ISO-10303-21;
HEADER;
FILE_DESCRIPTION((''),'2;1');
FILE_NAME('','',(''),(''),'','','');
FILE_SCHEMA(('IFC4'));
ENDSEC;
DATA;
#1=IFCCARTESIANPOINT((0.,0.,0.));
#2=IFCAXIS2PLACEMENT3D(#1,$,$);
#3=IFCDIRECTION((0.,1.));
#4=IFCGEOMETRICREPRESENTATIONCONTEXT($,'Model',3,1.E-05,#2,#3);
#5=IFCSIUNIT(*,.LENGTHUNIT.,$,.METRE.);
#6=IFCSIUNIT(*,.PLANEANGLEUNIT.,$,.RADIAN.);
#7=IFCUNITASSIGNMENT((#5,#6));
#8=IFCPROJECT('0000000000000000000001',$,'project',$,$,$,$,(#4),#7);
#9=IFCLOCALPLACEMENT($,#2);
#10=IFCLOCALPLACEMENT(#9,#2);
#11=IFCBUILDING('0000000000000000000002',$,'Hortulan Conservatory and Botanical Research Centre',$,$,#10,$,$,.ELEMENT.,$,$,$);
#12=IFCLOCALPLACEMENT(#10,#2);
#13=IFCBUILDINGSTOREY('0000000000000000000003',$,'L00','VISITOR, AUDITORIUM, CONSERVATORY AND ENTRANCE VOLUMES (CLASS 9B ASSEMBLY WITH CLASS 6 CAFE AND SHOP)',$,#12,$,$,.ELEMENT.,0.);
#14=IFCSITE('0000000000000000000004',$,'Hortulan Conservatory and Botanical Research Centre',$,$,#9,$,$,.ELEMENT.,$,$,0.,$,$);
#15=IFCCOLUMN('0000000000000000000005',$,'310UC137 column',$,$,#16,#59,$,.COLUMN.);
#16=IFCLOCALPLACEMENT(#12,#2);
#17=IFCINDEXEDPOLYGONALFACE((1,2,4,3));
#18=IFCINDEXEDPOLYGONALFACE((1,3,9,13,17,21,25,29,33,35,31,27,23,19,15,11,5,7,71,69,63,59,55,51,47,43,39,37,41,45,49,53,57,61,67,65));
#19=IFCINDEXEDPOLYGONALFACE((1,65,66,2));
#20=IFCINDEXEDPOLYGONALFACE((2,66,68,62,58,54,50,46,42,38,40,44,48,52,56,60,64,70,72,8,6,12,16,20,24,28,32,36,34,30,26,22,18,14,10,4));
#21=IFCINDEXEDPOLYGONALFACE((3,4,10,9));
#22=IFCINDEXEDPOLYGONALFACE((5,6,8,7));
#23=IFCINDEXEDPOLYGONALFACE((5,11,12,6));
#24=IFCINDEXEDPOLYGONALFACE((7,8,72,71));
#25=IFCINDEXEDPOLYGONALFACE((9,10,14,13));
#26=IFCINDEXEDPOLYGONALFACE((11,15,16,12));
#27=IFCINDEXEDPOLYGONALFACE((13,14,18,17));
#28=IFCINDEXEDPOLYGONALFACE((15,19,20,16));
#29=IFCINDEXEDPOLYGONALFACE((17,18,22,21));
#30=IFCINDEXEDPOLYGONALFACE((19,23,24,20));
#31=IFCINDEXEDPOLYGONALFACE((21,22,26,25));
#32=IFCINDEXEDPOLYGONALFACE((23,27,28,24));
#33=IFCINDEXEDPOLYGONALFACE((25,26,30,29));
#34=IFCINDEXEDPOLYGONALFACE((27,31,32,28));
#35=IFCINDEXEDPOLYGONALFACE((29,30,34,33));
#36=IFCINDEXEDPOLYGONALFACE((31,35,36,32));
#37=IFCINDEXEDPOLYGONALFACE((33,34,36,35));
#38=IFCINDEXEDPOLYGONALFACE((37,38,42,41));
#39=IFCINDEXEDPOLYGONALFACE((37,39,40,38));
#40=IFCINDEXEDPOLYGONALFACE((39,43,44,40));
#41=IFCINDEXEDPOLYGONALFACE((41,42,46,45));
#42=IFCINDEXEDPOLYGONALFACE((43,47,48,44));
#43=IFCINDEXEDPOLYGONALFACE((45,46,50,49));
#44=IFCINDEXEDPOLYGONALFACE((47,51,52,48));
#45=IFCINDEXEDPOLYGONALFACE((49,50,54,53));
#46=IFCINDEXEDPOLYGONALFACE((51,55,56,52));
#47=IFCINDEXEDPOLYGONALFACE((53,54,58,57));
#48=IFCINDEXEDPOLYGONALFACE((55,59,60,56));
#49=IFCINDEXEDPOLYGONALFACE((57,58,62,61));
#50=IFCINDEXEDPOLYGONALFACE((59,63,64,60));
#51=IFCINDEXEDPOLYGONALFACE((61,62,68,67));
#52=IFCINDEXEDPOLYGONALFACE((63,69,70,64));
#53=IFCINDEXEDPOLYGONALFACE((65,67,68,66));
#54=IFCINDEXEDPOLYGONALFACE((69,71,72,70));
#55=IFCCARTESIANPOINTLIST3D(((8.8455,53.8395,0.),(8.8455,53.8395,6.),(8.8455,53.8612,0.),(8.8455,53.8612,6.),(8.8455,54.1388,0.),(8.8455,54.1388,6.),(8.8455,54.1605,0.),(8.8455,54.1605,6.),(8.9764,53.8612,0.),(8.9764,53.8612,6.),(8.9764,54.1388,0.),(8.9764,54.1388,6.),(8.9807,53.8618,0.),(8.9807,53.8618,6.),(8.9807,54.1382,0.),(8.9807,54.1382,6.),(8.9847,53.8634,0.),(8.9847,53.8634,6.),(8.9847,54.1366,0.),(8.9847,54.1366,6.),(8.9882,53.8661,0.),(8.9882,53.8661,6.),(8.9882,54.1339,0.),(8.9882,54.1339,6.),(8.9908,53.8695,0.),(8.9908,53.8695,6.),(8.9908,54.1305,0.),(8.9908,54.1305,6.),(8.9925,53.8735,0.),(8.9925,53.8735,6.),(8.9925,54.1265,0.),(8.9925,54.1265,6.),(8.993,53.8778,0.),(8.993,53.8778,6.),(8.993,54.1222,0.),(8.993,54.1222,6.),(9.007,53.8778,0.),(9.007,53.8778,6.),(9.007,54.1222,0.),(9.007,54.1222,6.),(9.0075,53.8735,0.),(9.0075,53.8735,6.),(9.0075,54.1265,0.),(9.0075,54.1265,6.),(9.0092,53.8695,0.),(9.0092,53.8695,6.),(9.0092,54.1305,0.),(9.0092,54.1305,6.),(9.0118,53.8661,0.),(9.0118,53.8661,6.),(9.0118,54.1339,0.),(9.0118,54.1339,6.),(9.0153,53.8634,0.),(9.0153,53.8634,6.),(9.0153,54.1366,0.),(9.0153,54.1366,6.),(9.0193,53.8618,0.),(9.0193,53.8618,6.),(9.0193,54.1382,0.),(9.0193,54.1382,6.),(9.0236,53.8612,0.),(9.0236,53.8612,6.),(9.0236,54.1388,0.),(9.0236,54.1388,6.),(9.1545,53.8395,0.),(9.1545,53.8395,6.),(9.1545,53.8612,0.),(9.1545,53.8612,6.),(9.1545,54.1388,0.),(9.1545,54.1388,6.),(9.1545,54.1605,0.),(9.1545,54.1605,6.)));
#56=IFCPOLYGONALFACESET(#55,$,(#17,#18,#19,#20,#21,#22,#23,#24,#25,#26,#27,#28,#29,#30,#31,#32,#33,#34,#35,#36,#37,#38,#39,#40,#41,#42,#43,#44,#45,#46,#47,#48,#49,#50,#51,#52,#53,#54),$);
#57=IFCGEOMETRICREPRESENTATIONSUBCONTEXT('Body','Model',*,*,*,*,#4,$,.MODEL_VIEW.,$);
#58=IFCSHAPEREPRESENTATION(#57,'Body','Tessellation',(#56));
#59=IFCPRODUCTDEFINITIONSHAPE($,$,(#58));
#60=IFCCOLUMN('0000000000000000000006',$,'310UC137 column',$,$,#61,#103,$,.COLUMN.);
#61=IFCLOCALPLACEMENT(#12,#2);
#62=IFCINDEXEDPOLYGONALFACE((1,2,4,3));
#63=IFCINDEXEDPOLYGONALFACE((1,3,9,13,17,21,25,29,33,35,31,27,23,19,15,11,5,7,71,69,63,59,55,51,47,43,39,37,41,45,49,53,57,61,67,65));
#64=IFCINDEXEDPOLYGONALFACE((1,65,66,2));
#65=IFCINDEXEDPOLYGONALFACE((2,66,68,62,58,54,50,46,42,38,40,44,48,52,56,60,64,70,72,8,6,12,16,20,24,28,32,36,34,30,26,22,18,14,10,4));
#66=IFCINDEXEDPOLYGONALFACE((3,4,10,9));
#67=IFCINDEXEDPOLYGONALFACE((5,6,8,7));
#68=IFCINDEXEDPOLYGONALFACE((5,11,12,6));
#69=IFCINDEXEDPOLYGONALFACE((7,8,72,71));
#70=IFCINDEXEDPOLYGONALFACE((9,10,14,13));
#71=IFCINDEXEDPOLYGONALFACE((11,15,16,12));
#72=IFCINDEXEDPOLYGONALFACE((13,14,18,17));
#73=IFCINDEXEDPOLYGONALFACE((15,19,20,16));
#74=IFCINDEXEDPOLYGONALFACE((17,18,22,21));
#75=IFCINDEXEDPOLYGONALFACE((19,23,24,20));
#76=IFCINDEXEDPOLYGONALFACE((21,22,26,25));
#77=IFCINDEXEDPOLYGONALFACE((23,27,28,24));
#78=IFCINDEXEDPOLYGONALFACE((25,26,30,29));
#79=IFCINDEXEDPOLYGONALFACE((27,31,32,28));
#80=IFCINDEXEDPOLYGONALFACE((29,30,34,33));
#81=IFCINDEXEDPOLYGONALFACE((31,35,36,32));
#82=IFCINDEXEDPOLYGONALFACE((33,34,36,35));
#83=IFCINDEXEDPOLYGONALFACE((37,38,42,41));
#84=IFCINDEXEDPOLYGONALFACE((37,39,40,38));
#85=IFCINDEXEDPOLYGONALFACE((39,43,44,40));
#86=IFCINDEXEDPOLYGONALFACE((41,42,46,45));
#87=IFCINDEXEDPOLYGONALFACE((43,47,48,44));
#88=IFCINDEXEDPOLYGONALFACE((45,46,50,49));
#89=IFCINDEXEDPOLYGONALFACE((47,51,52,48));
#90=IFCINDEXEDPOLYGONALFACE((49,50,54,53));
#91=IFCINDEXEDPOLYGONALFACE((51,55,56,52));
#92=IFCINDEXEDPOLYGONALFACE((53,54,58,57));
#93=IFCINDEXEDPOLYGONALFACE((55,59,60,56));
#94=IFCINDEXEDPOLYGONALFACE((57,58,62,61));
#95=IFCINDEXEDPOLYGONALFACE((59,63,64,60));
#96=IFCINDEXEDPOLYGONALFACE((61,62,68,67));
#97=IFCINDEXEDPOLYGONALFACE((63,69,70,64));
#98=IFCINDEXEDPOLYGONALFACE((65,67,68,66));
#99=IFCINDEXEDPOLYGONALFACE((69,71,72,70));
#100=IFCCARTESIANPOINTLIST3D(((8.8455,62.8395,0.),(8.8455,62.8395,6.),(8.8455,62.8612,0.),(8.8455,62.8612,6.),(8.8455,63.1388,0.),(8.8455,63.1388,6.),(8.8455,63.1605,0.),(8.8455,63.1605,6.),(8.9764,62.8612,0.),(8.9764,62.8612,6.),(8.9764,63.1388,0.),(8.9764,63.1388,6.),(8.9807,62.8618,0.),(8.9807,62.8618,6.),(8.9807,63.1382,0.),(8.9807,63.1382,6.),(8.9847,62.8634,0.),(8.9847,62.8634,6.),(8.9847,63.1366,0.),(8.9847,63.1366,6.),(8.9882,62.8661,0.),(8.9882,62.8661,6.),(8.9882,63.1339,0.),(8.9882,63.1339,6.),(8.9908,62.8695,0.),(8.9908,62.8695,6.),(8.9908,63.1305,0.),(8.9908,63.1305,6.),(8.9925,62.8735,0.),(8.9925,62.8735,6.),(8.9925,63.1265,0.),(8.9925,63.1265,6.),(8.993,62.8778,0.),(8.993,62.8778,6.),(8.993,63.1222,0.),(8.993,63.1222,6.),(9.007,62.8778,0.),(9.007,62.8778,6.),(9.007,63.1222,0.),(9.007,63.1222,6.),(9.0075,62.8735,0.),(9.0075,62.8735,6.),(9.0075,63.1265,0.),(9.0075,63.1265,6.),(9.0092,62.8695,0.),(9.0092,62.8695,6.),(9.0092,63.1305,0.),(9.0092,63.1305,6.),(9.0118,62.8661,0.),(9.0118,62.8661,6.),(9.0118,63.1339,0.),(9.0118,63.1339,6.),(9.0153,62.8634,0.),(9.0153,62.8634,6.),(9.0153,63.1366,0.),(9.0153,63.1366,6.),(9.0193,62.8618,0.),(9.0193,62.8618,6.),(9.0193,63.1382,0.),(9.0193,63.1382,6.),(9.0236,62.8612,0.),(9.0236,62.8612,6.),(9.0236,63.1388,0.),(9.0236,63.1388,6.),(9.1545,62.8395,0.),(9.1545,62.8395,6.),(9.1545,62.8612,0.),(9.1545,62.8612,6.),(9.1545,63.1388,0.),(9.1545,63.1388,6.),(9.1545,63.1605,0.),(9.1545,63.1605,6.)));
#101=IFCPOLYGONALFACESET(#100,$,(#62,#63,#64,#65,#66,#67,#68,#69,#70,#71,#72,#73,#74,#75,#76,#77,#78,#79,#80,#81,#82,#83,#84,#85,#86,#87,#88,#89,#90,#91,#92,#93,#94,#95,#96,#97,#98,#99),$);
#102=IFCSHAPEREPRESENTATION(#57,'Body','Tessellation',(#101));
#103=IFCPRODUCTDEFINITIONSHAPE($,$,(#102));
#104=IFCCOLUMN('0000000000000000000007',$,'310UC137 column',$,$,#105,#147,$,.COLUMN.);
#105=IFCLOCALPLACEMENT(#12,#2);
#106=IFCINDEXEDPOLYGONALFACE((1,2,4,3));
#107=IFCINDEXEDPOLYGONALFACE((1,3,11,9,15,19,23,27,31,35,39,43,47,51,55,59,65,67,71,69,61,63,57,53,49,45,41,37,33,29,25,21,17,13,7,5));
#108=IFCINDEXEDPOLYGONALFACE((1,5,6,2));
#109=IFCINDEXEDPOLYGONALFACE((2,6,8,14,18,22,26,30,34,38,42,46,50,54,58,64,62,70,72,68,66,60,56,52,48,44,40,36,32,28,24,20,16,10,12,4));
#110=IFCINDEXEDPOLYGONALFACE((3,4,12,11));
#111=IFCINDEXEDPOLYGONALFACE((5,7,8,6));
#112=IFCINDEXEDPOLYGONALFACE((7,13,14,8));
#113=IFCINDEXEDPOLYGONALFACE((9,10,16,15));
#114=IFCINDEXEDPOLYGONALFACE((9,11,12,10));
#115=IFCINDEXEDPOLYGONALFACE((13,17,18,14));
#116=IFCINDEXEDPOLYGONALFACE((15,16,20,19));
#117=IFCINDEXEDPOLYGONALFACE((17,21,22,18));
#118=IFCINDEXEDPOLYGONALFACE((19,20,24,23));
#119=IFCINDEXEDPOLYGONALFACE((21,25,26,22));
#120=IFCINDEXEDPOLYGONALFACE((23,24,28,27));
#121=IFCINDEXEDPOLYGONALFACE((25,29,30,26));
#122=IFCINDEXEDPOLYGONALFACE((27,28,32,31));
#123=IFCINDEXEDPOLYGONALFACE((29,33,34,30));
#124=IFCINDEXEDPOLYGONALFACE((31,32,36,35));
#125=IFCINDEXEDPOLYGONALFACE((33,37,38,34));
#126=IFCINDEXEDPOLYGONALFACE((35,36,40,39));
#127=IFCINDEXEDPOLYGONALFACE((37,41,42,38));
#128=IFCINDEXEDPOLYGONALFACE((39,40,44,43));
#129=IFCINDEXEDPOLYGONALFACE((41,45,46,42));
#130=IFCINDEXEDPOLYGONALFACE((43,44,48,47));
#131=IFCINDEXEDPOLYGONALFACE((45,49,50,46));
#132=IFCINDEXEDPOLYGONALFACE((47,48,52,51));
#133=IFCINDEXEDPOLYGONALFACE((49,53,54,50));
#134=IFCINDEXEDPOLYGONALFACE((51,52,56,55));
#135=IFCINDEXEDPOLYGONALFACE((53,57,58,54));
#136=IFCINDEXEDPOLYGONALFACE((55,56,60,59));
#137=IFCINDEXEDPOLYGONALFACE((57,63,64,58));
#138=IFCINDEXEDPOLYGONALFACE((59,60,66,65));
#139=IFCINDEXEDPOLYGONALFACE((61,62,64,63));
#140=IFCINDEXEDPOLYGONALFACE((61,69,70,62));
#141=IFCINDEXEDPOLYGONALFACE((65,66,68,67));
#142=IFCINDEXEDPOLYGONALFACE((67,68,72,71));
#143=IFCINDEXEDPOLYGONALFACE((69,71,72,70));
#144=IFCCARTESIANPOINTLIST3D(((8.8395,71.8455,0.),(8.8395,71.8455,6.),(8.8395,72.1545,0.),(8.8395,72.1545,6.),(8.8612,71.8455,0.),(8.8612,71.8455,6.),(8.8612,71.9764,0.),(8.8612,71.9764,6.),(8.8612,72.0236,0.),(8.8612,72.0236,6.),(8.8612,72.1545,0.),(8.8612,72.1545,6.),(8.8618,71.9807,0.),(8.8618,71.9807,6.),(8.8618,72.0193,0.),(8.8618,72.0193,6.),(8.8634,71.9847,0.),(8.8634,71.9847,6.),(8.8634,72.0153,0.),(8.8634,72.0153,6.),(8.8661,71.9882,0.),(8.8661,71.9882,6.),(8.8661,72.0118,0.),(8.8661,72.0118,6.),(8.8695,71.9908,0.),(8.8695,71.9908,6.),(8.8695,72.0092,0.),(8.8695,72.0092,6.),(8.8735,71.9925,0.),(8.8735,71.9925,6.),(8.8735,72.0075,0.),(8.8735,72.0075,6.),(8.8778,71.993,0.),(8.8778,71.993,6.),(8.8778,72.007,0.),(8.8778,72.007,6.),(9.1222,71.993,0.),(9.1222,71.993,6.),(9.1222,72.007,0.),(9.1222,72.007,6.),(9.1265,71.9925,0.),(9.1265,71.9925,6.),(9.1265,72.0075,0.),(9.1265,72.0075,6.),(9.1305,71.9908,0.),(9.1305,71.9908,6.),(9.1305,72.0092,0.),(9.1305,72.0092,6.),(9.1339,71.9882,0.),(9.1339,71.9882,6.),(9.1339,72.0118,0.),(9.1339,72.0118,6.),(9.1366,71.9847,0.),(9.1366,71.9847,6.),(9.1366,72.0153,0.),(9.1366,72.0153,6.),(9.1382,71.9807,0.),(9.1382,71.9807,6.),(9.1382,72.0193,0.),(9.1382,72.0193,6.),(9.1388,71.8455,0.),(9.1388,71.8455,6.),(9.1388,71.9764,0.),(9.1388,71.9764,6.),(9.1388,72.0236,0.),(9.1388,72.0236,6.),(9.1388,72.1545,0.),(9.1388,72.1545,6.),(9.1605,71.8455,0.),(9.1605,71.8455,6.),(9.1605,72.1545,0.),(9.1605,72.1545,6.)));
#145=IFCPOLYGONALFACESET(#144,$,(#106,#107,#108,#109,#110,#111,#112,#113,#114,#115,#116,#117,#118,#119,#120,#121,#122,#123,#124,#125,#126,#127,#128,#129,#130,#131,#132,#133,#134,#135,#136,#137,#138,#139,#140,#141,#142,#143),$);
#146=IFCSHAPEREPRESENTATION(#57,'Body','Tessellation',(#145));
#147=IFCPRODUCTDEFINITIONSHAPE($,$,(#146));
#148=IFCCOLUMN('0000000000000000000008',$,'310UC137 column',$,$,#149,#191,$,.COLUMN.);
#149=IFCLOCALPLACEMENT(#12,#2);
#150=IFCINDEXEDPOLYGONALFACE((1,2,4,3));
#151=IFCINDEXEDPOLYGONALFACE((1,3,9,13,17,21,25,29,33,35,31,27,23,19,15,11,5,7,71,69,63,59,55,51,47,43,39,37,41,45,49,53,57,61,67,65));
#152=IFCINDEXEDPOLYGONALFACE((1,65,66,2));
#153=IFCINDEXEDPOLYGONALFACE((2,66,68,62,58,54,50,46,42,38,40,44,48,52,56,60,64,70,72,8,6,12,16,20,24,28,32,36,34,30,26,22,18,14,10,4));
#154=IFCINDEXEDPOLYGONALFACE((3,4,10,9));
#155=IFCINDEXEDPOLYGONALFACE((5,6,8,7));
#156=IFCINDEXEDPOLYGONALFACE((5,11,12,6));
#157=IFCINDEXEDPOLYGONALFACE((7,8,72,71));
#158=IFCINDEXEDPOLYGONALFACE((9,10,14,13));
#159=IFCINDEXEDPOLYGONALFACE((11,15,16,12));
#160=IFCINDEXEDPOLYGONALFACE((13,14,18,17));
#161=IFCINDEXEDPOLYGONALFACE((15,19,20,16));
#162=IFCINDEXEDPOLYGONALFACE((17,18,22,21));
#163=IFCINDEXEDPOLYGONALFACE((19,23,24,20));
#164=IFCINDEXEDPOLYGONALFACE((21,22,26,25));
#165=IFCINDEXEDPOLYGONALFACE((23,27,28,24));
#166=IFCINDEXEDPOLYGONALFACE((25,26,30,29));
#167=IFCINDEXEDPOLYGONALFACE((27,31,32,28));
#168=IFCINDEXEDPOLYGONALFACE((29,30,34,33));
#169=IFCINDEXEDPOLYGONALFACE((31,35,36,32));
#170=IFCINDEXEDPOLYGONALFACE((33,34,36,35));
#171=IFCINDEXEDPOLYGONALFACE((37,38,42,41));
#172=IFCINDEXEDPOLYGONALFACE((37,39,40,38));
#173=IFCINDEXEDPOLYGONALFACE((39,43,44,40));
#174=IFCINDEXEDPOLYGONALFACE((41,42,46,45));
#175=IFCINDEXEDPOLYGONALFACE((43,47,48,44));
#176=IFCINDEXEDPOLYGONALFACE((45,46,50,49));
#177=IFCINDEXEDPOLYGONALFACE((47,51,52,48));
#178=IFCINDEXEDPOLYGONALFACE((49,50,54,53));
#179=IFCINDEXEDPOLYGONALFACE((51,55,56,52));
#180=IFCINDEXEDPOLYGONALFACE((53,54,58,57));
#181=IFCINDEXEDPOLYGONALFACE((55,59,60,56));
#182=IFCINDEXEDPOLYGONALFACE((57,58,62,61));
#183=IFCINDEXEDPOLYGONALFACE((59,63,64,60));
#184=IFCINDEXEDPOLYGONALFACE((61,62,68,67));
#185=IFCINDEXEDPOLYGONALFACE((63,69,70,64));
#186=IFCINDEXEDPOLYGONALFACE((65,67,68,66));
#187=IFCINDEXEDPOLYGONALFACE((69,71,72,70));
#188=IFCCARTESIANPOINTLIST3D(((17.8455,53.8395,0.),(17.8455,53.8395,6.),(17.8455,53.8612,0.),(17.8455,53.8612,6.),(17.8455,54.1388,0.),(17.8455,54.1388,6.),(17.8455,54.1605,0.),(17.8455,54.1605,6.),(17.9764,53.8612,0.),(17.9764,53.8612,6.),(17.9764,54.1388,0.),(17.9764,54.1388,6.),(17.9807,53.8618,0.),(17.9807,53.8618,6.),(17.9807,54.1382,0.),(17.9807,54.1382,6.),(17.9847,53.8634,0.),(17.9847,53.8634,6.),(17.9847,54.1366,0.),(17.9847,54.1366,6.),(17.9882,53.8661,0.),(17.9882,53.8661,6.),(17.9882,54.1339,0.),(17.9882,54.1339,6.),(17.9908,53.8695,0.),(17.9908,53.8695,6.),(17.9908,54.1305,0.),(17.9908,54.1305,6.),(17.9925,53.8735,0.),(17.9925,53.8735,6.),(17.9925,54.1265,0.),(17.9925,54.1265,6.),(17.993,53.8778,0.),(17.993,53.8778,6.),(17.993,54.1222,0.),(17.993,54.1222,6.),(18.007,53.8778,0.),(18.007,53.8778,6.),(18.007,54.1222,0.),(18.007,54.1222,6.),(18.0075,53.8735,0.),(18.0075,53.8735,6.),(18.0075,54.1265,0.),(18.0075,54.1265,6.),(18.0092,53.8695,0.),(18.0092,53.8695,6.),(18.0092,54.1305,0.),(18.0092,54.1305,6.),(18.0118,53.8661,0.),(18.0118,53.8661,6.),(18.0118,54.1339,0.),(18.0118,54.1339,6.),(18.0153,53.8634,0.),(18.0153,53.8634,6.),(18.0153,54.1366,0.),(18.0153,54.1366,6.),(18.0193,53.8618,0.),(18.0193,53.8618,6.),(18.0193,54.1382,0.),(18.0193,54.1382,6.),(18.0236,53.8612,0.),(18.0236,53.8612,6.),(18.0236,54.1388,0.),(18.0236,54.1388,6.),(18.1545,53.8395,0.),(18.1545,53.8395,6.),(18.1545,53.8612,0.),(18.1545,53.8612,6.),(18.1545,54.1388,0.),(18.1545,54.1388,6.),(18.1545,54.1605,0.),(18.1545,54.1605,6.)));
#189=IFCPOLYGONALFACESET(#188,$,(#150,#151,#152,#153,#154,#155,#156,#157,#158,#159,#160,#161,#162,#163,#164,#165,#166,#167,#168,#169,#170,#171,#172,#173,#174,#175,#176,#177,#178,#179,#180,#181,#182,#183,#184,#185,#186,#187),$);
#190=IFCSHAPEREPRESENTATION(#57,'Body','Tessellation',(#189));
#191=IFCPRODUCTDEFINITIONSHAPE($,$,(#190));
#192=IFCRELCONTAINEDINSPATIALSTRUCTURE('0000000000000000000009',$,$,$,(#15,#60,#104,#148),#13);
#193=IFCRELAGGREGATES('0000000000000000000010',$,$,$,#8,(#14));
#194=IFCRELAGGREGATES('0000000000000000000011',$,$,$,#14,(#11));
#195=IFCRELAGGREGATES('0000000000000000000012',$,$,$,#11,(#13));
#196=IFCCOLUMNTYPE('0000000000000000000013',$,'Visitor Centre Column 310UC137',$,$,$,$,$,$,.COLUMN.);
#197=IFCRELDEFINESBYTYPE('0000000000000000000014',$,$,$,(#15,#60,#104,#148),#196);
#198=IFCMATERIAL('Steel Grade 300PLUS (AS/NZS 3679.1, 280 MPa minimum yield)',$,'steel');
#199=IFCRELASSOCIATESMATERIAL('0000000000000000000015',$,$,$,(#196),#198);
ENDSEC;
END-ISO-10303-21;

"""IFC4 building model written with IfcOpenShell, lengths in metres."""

from ifc_helpers import new_model, si_unit, direction, frame, origin, origin_2d, place, context, subcontext, project, spatial, i_section, extrude, material, material_profile, profile_set, type_object, element, save


model = new_model("IFC4")

# Units and contexts
model_context = context("Model", 3, precision=1e-05, world=origin(), true_north=direction((0.0, 1.0)))
body_context = subcontext(model_context, "Body", "Model", "MODEL_VIEW")
ifc_project = project(units=[si_unit("LENGTHUNIT", "METRE"), si_unit("PLANEANGLEUNIT", "RADIAN")], contexts=[model_context])

# Site, building, storey
site_placement = place(None, origin())
site = spatial("IfcSite", under=ifc_project, at=site_placement, Name="Hortulan Conservatory and Botanical Research Centre", CompositionType="ELEMENT", RefElevation=0.0)
building_placement = place(site_placement, origin())
building = spatial("IfcBuilding", under=site, at=building_placement, Name="Hortulan Conservatory and Botanical Research Centre", CompositionType="ELEMENT")
storey_placement = place(building_placement, origin())
storey = spatial("IfcBuildingStorey", under=building, at=storey_placement, Name="L00", Description="VISITOR, AUDITORIUM, CONSERVATORY AND ENTRANCE VOLUMES (CLASS 9B ASSEMBLY WITH CLASS 6 CAFE AND SHOP)", CompositionType="ELEMENT", Elevation=0.0)

# Columns
ifc_material_1 = material(Name="Steel Grade 300PLUS (AS/NZS 3679.1, 280 MPa minimum yield)", Category="steel")
ifc_material_profile_1 = material_profile(ifc_material_1, i_section(OverallWidth=0.3091, OverallDepth=0.321, WebThickness=0.0139, FlangeThickness=0.0217, FilletRadius=0.0166, at=origin_2d()), Name="310UC137")
ifc_profile_set_1 = profile_set([ifc_material_profile_1], Name="Steel Grade 300PLUS (AS/NZS 3679.1, 280 MPa minimum yield)")
column_type = type_object("IfcColumnType", Name="Visitor Centre Column 310UC137", PredefinedType="COLUMN", material=ifc_profile_set_1)
for number, where, z_axis, x_axis, name in (
    (1, (9.0, 54.0, 0.0), (0.0, 0.0, 1.0), (1.0, 0.0, 0.0), "310UC137 column"),
    (2, (9.0, 63.0, 0.0), (0.0, 0.0, 1.0), (1.0, 0.0, 0.0), "310UC137 column"),
    (3, (9.0, 72.0, 0.0), (0.0, 0.0, 1.0), (0.0, 1.0, 0.0), "310UC137 column"),
    (4, (18.0, 54.0, 0.0), (0.0, 0.0, 1.0), (1.0, 0.0, 0.0), "310UC137 column"),
):
    element("IfcColumn", number, at=place(storey_placement, frame(where, z_axis=z_axis, x_axis=x_axis)), inside=storey, type_object=column_type, Name=name, PredefinedType="COLUMN", context=body_context, shape_type="SweptSolid", body=[
        extrude(i_section(OverallWidth=0.3091, OverallDepth=0.321, WebThickness=0.0139, FlangeThickness=0.0217, FilletRadius=0.0166, at=origin_2d()), origin(), (0.0, 0.0, 1.0), 6.0),
    ])

save(model, "model.ifc")
